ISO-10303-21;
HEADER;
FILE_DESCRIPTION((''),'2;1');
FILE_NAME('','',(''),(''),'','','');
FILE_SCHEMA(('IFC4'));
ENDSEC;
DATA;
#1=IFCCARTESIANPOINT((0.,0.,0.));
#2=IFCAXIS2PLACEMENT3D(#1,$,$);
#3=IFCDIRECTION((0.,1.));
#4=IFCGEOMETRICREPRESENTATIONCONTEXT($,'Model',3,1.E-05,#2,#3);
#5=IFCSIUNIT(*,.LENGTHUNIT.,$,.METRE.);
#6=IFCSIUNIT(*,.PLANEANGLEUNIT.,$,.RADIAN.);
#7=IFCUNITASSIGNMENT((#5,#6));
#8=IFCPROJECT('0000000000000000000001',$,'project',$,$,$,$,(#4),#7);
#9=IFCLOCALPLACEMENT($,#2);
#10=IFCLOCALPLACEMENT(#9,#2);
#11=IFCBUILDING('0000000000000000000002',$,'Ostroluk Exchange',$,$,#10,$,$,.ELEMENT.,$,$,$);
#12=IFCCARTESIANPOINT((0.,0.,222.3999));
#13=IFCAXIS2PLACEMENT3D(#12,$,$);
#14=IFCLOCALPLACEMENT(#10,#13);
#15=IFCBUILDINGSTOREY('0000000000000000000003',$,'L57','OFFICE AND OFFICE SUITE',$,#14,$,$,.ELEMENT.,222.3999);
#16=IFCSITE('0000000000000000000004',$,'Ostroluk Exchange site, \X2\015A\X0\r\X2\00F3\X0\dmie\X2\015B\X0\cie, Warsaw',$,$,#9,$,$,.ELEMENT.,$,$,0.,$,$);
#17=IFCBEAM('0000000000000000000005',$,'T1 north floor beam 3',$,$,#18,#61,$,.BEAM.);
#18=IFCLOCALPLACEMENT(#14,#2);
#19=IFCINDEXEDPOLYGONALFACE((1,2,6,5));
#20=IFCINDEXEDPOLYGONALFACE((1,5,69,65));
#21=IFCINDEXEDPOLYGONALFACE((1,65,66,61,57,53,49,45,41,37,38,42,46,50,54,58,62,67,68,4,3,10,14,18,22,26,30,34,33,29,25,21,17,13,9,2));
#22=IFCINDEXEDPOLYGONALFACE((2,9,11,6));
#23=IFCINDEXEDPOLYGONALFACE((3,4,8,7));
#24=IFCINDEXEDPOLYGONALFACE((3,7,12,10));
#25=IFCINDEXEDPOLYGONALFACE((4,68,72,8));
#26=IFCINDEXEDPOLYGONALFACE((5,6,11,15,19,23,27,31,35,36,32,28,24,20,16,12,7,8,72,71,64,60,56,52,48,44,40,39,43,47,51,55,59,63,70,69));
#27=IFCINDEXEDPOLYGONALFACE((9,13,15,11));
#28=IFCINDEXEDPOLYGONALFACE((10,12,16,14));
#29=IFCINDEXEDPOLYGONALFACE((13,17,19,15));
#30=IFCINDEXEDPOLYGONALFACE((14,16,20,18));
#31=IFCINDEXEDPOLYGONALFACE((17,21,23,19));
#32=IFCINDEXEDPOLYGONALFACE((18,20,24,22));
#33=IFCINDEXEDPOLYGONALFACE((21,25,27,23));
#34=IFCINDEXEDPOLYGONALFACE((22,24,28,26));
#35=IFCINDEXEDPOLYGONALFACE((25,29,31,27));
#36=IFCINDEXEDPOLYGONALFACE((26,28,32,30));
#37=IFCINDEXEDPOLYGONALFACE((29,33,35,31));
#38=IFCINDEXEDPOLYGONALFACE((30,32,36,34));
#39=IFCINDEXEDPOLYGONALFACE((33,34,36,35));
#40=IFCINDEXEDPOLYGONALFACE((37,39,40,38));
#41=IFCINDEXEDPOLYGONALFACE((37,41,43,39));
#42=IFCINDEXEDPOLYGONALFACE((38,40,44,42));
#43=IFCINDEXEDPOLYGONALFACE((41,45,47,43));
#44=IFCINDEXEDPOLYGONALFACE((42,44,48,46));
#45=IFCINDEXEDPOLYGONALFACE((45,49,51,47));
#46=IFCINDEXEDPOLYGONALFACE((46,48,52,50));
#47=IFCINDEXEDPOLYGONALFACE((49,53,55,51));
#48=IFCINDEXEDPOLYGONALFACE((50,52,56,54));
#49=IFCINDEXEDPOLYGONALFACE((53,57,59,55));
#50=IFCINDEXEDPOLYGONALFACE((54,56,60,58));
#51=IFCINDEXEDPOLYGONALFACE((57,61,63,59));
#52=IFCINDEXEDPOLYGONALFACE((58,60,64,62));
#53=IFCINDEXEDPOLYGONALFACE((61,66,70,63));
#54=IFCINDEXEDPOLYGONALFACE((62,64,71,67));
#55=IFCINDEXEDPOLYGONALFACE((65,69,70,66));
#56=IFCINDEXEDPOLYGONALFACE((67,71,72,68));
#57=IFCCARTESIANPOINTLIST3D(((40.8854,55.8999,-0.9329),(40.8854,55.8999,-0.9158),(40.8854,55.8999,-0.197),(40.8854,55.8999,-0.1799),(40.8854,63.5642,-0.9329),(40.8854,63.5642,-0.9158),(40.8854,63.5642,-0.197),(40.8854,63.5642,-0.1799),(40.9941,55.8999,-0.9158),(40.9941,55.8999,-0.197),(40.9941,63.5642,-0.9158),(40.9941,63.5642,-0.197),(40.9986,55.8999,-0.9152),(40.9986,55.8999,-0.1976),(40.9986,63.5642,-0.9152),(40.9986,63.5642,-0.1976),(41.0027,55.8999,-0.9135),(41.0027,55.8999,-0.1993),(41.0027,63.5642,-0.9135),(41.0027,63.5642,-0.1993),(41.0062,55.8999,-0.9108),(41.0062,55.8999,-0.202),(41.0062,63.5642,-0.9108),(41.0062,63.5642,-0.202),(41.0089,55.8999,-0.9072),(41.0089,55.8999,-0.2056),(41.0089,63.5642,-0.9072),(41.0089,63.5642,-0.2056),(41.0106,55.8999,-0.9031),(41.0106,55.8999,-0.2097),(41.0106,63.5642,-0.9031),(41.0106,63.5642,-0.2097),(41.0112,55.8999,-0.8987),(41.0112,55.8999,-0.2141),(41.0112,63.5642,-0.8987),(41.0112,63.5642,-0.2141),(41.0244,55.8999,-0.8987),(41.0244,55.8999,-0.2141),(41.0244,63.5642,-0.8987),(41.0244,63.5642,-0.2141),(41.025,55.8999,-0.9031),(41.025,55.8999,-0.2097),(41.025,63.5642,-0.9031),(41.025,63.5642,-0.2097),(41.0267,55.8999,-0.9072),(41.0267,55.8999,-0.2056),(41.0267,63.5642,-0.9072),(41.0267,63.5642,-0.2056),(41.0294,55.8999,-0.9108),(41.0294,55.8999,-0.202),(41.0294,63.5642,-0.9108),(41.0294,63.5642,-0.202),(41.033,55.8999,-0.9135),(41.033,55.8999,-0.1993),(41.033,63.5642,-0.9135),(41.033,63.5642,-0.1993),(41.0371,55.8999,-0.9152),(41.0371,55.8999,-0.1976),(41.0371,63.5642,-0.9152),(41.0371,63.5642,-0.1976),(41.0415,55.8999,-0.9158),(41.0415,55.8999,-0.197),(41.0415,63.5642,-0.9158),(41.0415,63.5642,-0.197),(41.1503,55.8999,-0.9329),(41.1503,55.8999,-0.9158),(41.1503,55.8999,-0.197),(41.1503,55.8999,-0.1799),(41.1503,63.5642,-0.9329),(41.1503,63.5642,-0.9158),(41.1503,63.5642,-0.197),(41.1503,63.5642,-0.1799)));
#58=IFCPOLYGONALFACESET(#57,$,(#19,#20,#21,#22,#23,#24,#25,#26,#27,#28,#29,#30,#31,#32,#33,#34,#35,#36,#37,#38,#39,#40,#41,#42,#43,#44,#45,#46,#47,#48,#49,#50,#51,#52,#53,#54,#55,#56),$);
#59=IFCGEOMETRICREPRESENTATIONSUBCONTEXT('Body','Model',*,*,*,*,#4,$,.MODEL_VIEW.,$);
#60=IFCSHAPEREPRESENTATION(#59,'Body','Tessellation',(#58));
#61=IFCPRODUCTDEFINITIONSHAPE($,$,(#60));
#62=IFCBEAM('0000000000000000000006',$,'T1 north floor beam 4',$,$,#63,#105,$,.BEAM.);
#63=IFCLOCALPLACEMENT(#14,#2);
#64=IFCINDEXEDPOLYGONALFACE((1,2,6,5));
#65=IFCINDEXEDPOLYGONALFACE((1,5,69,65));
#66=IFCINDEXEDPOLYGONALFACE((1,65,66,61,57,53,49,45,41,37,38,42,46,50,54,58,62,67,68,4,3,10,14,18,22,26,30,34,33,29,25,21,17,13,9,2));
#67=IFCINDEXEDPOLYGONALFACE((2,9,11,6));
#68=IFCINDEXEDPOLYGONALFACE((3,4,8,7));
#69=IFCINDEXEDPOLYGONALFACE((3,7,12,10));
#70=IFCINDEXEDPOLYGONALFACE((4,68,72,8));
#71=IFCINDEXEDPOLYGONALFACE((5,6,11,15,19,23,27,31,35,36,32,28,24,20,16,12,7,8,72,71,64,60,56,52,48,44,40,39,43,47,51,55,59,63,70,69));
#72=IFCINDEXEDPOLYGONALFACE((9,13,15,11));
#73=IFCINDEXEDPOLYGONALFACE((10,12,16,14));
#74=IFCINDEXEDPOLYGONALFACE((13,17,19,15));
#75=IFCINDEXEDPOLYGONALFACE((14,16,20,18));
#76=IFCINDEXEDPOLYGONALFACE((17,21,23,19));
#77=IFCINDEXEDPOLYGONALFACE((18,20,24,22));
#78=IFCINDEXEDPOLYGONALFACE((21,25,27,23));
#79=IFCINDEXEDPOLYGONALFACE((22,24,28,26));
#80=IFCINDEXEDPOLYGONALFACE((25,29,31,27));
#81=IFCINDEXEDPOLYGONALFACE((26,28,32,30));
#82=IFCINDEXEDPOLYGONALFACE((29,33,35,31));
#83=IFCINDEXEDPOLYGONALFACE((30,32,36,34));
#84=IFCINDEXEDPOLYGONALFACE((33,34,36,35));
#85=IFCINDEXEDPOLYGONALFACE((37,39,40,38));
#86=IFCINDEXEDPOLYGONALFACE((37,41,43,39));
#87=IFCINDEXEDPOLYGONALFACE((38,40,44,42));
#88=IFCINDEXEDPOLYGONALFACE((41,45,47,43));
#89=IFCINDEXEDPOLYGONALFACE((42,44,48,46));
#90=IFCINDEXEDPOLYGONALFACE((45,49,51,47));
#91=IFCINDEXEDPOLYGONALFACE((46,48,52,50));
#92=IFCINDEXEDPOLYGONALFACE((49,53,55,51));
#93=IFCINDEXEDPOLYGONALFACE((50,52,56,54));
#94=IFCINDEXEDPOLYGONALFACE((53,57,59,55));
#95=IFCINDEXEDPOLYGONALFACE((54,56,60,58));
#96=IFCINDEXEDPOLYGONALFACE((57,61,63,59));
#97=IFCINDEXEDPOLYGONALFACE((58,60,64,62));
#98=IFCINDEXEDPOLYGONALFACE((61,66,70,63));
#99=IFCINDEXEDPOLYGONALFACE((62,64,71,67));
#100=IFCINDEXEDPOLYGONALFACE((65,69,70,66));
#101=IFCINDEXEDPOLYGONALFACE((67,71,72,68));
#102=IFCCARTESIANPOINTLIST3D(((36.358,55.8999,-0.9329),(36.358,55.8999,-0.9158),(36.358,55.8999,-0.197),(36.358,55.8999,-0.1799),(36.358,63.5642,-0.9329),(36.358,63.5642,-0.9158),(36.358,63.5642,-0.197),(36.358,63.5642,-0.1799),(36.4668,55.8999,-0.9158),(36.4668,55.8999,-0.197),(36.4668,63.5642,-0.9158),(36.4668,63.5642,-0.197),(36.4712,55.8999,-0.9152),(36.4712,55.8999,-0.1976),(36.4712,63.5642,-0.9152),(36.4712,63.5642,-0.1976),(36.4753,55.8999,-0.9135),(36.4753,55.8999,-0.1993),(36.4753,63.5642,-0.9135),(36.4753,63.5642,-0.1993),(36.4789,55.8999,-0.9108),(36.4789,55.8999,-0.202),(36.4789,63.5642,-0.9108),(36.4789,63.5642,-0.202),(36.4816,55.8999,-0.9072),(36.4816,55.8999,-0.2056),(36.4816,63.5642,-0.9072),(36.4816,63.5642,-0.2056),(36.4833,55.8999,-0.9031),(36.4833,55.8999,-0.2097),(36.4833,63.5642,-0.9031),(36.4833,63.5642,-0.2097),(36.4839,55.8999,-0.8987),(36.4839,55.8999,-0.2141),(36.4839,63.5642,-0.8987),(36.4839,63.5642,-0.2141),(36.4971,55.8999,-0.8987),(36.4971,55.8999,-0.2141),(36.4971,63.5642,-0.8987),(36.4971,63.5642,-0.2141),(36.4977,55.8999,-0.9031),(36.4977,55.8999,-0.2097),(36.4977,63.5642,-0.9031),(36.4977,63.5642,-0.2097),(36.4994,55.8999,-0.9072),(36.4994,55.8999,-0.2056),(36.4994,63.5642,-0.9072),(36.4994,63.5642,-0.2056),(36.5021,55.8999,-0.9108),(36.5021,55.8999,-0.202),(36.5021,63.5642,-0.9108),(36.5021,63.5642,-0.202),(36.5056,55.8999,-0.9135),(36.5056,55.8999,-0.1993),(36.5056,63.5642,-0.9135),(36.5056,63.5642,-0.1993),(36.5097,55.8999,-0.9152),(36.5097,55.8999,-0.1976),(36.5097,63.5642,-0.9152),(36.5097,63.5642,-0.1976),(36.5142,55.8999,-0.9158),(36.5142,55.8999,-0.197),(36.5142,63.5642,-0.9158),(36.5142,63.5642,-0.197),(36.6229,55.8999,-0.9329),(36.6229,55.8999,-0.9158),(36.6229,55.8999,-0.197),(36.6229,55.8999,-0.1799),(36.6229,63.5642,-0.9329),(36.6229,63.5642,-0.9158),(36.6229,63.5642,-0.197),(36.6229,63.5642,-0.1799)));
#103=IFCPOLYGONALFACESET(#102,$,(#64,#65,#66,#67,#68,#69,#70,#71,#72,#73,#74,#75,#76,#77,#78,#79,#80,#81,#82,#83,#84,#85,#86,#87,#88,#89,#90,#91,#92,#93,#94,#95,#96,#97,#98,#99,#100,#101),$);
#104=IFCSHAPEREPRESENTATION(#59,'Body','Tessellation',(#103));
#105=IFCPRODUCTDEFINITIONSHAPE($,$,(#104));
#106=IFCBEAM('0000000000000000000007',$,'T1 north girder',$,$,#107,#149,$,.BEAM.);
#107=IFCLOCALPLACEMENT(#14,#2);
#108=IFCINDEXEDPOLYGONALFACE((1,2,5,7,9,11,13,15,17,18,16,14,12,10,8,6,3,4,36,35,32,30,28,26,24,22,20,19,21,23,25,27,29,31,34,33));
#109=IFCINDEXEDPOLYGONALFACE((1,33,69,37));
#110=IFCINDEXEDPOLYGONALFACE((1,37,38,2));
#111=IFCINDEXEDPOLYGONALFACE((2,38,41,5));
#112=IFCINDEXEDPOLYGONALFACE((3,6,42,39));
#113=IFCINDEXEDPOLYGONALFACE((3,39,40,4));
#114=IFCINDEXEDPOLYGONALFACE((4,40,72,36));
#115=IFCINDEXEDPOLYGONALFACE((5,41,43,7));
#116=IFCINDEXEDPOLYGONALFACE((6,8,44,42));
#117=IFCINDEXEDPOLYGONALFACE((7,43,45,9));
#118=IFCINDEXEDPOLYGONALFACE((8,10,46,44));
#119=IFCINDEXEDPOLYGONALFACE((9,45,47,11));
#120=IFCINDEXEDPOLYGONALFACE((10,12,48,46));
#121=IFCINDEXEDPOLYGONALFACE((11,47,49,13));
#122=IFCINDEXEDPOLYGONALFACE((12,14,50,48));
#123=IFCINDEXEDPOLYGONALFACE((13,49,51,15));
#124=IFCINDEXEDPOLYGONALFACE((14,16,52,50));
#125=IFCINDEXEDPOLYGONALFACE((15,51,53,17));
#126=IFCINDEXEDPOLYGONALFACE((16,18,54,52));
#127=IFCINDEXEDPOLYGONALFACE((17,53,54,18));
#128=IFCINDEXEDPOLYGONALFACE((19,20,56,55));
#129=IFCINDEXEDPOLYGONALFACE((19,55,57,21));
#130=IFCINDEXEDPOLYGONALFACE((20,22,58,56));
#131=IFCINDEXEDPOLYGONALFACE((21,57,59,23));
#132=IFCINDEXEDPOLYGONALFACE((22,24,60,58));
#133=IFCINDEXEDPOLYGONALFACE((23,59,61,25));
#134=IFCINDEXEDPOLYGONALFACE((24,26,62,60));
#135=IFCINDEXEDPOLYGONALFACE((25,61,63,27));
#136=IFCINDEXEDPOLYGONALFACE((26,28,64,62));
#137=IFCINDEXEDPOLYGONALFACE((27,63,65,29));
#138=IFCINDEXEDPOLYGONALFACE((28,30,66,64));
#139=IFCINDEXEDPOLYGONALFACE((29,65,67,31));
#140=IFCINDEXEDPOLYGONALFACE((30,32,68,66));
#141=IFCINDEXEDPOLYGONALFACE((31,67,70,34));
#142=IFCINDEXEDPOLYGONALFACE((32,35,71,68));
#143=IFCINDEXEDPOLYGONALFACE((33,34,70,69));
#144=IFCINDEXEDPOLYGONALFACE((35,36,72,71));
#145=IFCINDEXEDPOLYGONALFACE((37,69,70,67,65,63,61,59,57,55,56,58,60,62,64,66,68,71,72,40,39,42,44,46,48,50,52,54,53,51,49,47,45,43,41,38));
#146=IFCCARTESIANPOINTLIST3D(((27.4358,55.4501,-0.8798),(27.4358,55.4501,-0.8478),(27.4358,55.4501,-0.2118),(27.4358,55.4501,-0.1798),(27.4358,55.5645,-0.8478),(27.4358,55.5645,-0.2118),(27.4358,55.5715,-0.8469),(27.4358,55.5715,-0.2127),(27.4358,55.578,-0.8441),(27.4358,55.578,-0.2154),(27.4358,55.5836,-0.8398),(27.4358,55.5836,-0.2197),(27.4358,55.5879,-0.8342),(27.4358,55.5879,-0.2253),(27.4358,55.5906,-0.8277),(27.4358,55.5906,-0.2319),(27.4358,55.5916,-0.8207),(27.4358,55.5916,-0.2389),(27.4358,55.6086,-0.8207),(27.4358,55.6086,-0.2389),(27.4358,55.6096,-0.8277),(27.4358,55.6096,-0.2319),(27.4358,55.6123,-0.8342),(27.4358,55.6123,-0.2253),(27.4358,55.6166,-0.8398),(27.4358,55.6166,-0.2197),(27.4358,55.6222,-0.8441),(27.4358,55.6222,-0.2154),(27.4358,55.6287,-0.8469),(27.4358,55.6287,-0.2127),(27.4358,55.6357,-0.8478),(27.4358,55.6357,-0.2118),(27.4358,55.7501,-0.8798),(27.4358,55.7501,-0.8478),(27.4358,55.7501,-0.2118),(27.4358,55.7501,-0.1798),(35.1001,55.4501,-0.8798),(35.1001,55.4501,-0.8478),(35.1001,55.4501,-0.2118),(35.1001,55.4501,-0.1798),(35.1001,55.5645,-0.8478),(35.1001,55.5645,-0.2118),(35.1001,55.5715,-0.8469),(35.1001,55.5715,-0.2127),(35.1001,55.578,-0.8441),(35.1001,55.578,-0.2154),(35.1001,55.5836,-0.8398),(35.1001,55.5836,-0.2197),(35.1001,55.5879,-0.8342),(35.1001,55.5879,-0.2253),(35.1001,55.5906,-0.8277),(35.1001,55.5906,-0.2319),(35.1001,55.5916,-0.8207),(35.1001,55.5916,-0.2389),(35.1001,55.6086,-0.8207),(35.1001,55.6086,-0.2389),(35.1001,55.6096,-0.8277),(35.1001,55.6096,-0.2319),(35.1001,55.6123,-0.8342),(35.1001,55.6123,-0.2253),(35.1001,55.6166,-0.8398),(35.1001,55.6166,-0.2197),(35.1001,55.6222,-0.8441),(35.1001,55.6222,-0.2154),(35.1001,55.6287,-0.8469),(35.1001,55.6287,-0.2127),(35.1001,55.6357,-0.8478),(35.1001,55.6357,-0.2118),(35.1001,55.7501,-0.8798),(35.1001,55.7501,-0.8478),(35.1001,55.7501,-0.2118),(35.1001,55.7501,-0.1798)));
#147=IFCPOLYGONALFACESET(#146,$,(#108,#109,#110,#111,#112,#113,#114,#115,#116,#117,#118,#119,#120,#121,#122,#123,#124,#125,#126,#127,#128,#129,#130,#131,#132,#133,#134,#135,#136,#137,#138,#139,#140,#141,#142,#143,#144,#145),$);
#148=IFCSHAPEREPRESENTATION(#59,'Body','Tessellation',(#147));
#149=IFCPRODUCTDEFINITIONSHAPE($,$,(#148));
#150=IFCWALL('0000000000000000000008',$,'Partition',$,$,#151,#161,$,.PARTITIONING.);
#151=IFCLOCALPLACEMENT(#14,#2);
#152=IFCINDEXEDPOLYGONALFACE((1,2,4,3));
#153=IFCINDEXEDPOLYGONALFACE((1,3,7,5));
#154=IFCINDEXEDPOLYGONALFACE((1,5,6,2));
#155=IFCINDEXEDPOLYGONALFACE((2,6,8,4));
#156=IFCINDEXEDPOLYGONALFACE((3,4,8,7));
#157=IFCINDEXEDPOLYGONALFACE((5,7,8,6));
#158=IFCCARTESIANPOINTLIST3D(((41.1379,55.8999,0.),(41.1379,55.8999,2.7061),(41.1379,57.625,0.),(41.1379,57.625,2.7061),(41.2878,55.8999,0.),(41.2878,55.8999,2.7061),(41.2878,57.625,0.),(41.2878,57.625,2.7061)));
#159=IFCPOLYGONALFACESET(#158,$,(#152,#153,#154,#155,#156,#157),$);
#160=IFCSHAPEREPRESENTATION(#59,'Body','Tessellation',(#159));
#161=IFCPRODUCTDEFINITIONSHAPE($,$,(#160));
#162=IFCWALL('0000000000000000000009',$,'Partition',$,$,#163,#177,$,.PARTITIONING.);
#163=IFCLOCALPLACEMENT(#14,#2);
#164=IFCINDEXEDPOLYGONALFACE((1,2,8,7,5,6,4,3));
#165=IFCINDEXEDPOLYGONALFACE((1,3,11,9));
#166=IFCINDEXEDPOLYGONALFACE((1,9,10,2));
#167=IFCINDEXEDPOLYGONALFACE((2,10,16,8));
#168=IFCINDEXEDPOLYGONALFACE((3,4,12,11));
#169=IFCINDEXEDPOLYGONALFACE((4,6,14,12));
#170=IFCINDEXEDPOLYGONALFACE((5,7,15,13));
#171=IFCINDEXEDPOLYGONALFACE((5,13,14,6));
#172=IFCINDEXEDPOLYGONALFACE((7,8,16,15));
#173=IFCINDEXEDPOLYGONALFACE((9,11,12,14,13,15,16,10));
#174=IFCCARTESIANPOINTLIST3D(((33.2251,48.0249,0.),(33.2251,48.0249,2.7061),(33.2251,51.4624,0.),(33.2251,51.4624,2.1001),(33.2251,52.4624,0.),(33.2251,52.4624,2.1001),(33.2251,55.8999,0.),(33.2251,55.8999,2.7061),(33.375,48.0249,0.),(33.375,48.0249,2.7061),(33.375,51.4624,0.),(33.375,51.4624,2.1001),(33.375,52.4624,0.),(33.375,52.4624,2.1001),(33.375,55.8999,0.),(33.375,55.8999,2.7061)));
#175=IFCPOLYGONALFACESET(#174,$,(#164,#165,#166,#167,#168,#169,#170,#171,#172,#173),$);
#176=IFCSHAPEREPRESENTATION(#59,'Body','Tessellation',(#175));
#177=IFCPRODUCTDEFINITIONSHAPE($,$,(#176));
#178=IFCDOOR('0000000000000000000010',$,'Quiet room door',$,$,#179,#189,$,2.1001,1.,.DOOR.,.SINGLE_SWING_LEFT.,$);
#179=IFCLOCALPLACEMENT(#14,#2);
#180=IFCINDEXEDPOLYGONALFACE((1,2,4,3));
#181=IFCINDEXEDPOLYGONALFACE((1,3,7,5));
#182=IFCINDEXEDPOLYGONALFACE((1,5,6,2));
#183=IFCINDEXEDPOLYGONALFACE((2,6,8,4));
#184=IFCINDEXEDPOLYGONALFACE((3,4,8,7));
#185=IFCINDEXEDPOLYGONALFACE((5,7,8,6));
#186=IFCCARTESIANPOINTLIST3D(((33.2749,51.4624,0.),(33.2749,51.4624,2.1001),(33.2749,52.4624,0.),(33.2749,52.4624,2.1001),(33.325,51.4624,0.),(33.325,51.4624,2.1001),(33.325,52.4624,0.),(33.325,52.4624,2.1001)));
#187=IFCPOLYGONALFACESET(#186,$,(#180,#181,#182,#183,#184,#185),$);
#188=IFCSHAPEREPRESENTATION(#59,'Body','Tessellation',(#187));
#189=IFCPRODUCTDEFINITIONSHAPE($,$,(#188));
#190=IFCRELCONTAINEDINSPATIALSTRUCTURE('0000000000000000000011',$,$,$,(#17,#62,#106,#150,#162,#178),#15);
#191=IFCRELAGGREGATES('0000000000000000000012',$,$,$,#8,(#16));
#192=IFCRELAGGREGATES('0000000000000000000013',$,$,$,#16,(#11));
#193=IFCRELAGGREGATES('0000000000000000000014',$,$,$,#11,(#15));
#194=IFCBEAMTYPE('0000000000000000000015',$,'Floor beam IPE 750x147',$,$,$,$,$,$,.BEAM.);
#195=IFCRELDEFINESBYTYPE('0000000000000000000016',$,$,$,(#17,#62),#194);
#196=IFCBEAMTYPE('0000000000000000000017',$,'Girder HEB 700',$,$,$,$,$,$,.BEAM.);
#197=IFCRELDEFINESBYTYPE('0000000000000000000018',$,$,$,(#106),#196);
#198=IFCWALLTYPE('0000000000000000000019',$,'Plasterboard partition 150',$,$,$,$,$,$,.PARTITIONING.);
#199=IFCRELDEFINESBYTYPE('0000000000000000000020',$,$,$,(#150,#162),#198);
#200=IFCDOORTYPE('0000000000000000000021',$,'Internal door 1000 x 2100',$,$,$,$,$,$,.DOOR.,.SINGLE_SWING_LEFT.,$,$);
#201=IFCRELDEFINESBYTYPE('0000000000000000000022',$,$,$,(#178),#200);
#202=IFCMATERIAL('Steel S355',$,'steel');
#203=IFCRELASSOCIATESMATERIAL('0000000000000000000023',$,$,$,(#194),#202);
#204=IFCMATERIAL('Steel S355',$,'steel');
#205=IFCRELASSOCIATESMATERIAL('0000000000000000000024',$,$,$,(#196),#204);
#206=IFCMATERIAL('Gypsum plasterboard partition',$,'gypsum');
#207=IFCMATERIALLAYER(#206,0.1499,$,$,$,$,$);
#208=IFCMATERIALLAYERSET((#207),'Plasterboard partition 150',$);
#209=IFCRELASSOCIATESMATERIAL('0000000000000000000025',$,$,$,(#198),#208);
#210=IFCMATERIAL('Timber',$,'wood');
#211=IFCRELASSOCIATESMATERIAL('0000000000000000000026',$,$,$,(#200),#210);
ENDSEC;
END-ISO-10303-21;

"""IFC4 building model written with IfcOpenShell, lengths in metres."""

from ifc_helpers import new_model, si_unit, direction, frame, frame_2d, origin, origin_2d, place, context, subcontext, project, spatial, rectangle, i_section, extrude, material, layer, layer_set, material_profile, profile_set, type_object, element, fill, save


model = new_model("IFC4")

# Units and contexts
model_context = context("Model", 3, precision=1e-05, world=origin(), true_north=direction((0.0, 1.0)))
body_context = subcontext(model_context, "Body", "Model", "MODEL_VIEW")
ifc_project = project(units=[si_unit("LENGTHUNIT", "METRE"), si_unit("PLANEANGLEUNIT", "RADIAN")], contexts=[model_context])

# Site, building, storey
site_placement = place(None, origin())
site = spatial("IfcSite", under=ifc_project, at=site_placement, Name="Ostroluk Exchange site, Śródmieście, Warsaw", CompositionType="ELEMENT", RefElevation=0.0)
building_placement = place(site_placement, origin())
building = spatial("IfcBuilding", under=site, at=building_placement, Name="Ostroluk Exchange", CompositionType="ELEMENT")
storey_placement = place(building_placement, frame((0.0, 0.0, 222.3999)))
storey = spatial("IfcBuildingStorey", under=building, at=storey_placement, Name="L57", Description="OFFICE AND OFFICE SUITE", CompositionType="ELEMENT", Elevation=222.3999)

# Beams
ifc_material_1 = material(Name="Steel S355", Category="steel")
ifc_material_profile_1 = material_profile(ifc_material_1, i_section(OverallWidth=0.2649, OverallDepth=0.7529, WebThickness=0.0132, FlangeThickness=0.0171, FilletRadius=0.0171, at=origin_2d()), Name="IPE 750x147")
ifc_profile_set_1 = profile_set([ifc_material_profile_1], Name="Steel S355")
beam_type_1 = type_object("IfcBeamType", Name="Floor beam IPE 750x147", PredefinedType="BEAM", material=ifc_profile_set_1)
for number, where, z_axis, x_axis, name in (
    (1, (41.0178, 55.8999, -0.5564), (0.0, 1.0, 0.0), (-1.0, 0.0, 0.0), "T1 north floor beam 3"),
    (2, (36.4905, 55.8999, -0.5564), (0.0, 1.0, 0.0), (-1.0, 0.0, 0.0), "T1 north floor beam 4"),
):
    element("IfcBeam", number, at=place(storey_placement, frame(where, z_axis=z_axis, x_axis=x_axis)), inside=storey, type_object=beam_type_1, Name=name, PredefinedType="BEAM", context=body_context, shape_type="SweptSolid", body=[
        extrude(i_section(OverallWidth=0.2649, OverallDepth=0.7529, WebThickness=0.0132, FlangeThickness=0.0171, FilletRadius=0.0171, at=origin_2d()), origin(), (0.0, 0.0, 1.0), 7.6643),
    ])
ifc_material_2 = material(Name="Steel S355", Category="steel")
ifc_material_profile_2 = material_profile(ifc_material_2, i_section(OverallWidth=0.3, OverallDepth=0.7, WebThickness=0.0171, FlangeThickness=0.032, FilletRadius=0.0271, at=origin_2d()), Name="HEB 700")
ifc_profile_set_2 = profile_set([ifc_material_profile_2], Name="Steel S355")
beam_type_2 = type_object("IfcBeamType", Name="Girder HEB 700", PredefinedType="BEAM", material=ifc_profile_set_2)
beam_1_placement = place(storey_placement, frame((35.1001, 55.6001, -0.5298), z_axis=(-1.0, 0.0, 0.0), x_axis=(0.0, -1.0, 0.0)))
element("IfcBeam", 3, at=beam_1_placement, inside=storey, type_object=beam_type_2, Name="T1 north girder", PredefinedType="BEAM", context=body_context, shape_type="SweptSolid", body=[
    extrude(i_section(OverallWidth=0.3, OverallDepth=0.7, WebThickness=0.0171, FlangeThickness=0.032, FilletRadius=0.0271, at=origin_2d()), origin(), (0.0, 0.0, 1.0), 7.6643),
])

# Wall
ifc_material_3 = material(Name="Gypsum plasterboard partition", Category="gypsum")
ifc_layer = layer(ifc_material_3, 0.1499)
ifc_layer_set = layer_set([ifc_layer], Name="Plasterboard partition 150")
wall_type = type_object("IfcWallType", Name="Plasterboard partition 150", PredefinedType="PARTITIONING", material=ifc_layer_set)
wall_1_placement = place(storey_placement, frame((41.2129, 55.8999, 0.0), z_axis=(0.0, 0.0, 1.0), x_axis=(0.0, 1.0, 0.0)))
element("IfcWall", 4, at=wall_1_placement, inside=storey, type_object=wall_type, Name="Partition", PredefinedType="PARTITIONING", context=body_context, shape_type="SweptSolid", body=[
    extrude(rectangle(XDim=1.7251, YDim=0.1499, at=frame_2d((0.8625, 0.0))), origin(), (0.0, 0.0, 1.0), 2.7061),
])

# Wall, opening, door
wall_2_placement = place(storey_placement, frame((33.3, 55.8999, 0.0), z_axis=(0.0, 0.0, 1.0), x_axis=(0.0, -1.0, 0.0)))
wall_2 = element("IfcWall", 5, at=wall_2_placement, inside=storey, type_object=wall_type, Name="Partition", PredefinedType="PARTITIONING", context=body_context, shape_type="SweptSolid", body=[
    extrude(rectangle(XDim=7.875, YDim=0.1499, at=frame_2d((3.9375, 0.0))), origin(), (0.0, 0.0, 1.0), 2.7061),
])
opening_placement = place(wall_2_placement, frame((3.4375, 0.0, 0.0)))
opening = element("IfcOpeningElement", 6, at=opening_placement, cuts=wall_2, PredefinedType="OPENING", context=body_context, shape_type="SweptSolid", body=[
    extrude(rectangle(XDim=1.0, YDim=2.1001, at=frame_2d((0.5, 1.05))), frame((0.0, 0.085, 0.0), z_axis=(0.0, -1.0, 0.0), x_axis=(1.0, 0.0, 0.0)), (0.0, 0.0, 1.0), 0.1699),
])
ifc_material_4 = material(Name="Timber", Category="wood")
door_type = type_object("IfcDoorType", Name="Internal door 1000 x 2100", OperationType="SINGLE_SWING_LEFT", PredefinedType="DOOR", material=ifc_material_4)
door_placement = place(opening_placement, origin())
door = element("IfcDoor", 7, at=door_placement, inside=storey, type_object=door_type, Name="Quiet room door", OperationType="SINGLE_SWING_LEFT", OverallHeight=2.1001, OverallWidth=1.0, PredefinedType="DOOR", context=body_context, shape_type="SweptSolid", body=[
    extrude(rectangle(XDim=1.0, YDim=2.1001, at=frame_2d((0.5, 1.05))), frame((0.0, 0.0249, 0.0), z_axis=(0.0, -1.0, 0.0), x_axis=(1.0, 0.0, 0.0)), (0.0, 0.0, 1.0), 0.05),
])
fill(opening, door)

save(model, "model.ifc")
